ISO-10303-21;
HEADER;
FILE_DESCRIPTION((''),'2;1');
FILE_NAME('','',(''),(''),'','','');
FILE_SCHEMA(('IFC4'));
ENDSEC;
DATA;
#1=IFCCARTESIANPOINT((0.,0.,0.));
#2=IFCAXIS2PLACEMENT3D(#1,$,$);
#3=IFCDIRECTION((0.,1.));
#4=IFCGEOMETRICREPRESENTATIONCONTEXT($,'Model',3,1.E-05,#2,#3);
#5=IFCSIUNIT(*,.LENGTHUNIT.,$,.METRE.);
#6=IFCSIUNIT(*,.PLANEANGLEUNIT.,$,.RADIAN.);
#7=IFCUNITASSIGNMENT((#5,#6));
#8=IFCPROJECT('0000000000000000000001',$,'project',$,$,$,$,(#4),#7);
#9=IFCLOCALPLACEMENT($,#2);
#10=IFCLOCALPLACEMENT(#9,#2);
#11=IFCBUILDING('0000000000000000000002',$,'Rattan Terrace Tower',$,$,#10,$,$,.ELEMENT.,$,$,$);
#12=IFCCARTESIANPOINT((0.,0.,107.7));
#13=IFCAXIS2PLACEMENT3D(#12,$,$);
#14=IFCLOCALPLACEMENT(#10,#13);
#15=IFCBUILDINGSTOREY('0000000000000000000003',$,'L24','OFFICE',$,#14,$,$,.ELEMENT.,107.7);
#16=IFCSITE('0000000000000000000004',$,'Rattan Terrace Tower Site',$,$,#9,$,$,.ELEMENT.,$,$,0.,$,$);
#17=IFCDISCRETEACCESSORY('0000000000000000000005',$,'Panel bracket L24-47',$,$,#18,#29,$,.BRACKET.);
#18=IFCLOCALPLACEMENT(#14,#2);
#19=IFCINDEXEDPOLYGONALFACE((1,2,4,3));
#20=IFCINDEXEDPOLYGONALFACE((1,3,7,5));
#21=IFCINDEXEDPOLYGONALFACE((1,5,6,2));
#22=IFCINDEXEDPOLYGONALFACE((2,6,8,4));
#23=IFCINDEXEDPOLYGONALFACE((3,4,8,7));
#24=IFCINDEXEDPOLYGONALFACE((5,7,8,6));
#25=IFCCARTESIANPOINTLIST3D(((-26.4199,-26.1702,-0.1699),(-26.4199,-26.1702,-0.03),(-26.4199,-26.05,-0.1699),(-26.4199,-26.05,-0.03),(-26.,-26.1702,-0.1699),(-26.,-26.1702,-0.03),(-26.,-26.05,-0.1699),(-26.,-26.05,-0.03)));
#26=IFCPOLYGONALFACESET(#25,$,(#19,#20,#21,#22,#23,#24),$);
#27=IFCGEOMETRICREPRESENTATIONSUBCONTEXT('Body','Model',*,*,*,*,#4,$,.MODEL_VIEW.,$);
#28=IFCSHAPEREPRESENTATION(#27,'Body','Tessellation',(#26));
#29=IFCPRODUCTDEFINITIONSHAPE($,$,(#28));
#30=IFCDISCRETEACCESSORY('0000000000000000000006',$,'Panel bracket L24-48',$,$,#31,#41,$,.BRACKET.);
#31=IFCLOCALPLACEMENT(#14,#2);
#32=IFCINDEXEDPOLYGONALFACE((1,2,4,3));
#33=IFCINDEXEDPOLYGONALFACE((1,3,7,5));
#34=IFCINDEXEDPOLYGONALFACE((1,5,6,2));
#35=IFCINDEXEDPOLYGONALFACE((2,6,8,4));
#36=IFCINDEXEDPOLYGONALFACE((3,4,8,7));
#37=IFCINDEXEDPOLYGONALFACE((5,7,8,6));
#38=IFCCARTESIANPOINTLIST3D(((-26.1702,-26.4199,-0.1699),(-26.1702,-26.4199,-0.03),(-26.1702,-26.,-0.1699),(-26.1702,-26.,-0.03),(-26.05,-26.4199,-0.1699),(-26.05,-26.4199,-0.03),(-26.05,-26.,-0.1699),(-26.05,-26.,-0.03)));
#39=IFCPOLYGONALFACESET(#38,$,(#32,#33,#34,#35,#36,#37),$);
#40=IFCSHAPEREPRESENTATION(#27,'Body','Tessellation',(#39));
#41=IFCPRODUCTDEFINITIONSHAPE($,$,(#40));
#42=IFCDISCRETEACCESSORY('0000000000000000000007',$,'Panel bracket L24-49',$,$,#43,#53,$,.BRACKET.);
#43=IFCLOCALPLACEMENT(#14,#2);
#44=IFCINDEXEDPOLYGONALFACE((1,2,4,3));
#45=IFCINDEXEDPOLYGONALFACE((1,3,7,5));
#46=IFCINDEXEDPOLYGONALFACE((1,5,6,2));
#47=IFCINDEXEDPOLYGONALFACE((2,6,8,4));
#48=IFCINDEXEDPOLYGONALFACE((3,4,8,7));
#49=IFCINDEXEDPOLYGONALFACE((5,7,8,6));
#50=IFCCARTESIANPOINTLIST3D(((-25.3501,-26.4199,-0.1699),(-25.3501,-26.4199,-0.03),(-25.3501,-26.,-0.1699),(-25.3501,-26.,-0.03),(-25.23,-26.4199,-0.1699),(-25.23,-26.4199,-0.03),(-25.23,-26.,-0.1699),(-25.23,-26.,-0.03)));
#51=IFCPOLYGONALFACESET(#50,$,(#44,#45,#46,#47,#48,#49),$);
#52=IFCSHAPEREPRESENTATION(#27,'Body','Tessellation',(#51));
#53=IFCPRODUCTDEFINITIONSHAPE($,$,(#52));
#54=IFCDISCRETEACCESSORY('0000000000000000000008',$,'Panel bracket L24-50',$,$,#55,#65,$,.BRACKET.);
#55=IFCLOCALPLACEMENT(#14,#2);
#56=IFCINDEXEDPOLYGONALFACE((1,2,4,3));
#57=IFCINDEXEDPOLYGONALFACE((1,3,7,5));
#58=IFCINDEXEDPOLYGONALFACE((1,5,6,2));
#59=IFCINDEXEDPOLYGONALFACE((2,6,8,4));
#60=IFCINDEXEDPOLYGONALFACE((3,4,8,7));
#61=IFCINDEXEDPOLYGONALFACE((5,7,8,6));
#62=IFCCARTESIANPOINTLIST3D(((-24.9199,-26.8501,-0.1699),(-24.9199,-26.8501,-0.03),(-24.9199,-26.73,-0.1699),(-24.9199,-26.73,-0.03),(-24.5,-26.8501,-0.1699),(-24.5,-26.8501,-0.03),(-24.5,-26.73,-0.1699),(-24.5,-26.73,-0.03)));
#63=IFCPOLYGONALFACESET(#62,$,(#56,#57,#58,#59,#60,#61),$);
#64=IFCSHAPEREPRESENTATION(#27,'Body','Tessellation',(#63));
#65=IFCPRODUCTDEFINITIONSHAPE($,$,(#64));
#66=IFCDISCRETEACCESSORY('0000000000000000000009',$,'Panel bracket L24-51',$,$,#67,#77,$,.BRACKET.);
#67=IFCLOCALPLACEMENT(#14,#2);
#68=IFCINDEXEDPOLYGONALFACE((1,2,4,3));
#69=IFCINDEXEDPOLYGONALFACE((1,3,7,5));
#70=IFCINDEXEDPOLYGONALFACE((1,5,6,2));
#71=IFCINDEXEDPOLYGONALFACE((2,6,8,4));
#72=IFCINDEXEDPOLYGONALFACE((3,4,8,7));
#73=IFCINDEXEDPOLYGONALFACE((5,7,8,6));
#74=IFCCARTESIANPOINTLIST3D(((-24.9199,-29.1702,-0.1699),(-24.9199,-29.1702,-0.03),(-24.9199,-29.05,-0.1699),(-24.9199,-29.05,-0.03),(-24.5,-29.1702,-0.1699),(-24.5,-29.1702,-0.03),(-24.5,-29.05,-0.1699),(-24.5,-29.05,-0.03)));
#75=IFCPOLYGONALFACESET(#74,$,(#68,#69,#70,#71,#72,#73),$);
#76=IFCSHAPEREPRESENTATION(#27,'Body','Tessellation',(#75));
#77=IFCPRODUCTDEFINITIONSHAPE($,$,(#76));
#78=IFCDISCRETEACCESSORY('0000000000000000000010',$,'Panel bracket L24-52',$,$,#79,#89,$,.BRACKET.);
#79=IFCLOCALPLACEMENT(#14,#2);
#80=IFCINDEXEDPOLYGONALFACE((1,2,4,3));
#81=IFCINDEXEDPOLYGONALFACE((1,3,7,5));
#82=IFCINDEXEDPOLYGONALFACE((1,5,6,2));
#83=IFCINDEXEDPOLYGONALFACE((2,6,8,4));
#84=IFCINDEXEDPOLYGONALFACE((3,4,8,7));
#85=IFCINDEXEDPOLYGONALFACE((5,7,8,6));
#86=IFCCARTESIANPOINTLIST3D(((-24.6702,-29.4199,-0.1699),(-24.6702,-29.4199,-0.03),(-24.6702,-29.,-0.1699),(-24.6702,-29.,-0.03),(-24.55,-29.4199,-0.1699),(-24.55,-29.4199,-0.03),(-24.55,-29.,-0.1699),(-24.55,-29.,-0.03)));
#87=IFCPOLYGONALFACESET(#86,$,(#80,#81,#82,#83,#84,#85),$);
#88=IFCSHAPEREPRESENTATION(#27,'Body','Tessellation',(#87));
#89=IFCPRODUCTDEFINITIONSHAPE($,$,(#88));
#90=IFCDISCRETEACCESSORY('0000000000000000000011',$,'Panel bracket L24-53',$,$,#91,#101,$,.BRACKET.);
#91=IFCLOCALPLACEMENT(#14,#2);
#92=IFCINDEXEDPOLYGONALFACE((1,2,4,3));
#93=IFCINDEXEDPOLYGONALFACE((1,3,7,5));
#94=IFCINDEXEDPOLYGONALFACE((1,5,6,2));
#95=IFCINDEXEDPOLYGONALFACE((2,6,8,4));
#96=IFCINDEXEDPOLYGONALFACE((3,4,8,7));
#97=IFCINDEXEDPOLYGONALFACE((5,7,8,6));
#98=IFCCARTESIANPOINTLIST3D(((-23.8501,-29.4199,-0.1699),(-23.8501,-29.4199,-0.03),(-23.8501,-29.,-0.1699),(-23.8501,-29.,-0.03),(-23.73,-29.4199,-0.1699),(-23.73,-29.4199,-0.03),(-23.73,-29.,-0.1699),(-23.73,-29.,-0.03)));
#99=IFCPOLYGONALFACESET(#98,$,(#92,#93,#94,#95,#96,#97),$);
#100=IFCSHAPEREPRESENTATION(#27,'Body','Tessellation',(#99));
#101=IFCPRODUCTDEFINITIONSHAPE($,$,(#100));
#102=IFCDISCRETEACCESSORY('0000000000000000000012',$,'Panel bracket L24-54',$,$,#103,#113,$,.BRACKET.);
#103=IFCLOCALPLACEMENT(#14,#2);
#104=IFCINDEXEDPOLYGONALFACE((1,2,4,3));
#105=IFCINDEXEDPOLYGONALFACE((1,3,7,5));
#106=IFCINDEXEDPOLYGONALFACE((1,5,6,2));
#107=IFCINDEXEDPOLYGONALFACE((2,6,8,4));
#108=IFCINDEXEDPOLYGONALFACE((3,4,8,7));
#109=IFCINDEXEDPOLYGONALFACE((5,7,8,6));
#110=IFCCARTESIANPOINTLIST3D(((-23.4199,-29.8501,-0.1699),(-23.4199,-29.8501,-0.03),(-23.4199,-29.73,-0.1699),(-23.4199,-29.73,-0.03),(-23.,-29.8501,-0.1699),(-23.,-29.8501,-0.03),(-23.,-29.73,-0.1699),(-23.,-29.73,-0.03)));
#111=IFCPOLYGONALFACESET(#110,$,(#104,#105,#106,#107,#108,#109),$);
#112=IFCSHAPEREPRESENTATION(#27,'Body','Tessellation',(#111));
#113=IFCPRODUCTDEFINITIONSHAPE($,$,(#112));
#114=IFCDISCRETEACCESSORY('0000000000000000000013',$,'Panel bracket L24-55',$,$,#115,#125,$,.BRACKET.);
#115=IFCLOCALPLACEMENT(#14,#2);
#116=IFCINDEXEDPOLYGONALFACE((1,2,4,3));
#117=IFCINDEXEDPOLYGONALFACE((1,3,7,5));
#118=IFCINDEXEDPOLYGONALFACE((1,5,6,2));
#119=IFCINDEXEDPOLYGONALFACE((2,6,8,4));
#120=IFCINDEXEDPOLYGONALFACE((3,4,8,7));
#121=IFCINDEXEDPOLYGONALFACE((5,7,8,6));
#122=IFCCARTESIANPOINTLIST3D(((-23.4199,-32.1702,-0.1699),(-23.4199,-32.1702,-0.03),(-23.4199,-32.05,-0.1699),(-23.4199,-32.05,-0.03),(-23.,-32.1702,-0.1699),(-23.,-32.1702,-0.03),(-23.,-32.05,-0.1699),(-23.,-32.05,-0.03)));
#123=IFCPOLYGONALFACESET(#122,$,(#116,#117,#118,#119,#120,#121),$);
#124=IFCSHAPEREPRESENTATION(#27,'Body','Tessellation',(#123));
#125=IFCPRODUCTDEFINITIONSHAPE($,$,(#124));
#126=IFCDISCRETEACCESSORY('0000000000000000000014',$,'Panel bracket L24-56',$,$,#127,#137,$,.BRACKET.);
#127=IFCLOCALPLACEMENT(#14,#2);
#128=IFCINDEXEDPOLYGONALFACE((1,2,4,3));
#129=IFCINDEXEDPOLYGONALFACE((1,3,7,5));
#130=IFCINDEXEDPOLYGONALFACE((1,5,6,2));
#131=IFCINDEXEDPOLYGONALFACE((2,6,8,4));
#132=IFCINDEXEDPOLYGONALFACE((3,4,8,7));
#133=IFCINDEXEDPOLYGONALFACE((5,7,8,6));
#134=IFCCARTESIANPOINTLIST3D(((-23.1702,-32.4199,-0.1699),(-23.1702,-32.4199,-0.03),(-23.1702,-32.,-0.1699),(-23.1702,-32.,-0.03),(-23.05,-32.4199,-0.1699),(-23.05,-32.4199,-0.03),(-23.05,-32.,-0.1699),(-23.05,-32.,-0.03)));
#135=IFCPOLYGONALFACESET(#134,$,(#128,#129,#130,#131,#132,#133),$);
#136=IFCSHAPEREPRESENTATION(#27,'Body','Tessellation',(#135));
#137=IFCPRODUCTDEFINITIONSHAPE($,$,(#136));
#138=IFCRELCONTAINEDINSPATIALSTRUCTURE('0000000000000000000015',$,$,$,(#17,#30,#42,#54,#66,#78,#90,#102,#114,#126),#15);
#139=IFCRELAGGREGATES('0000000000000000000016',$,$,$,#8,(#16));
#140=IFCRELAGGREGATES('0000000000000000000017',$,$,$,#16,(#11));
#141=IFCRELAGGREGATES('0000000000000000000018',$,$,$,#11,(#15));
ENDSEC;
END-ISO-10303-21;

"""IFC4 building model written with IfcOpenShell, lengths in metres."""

from ifc_helpers import new_model, si_unit, direction, frame, origin, origin_2d, place, context, subcontext, project, spatial, rectangle, extrude, element, save


model = new_model("IFC4")

# Units and contexts
model_context = context("Model", 3, precision=1e-05, world=origin(), true_north=direction((0.0, 1.0)))
body_context = subcontext(model_context, "Body", "Model", "MODEL_VIEW")
ifc_project = project(units=[si_unit("LENGTHUNIT", "METRE"), si_unit("PLANEANGLEUNIT", "RADIAN")], contexts=[model_context])

# Site, building, storey
site_placement = place(None, origin())
site = spatial("IfcSite", under=ifc_project, at=site_placement, Name="Rattan Terrace Tower Site", CompositionType="ELEMENT", RefElevation=0.0)
building_placement = place(site_placement, origin())
building = spatial("IfcBuilding", under=site, at=building_placement, Name="Rattan Terrace Tower", CompositionType="ELEMENT")
storey_placement = place(building_placement, frame((0.0, 0.0, 107.7)))
storey = spatial("IfcBuildingStorey", under=building, at=storey_placement, Name="L24", Description="OFFICE", CompositionType="ELEMENT", Elevation=107.7)

# Discrete accessories
for number, where, z_axis, x_axis, name in (
    (1, (-26.21, -26.1101, -0.1699), (0.0, 0.0, 1.0), (0.0, -1.0, 0.0), "Panel bracket L24-47"),
    (2, (-26.1101, -26.21, -0.1699), (0.0, 0.0, 1.0), (1.0, 0.0, 0.0), "Panel bracket L24-48"),
    (3, (-25.29, -26.21, -0.1699), (0.0, 0.0, 1.0), (1.0, 0.0, 0.0), "Panel bracket L24-49"),
    (4, (-24.71, -26.79, -0.1699), (0.0, 0.0, 1.0), (0.0, -1.0, 0.0), "Panel bracket L24-50"),
    (5, (-24.71, -29.1101, -0.1699), (0.0, 0.0, 1.0), (0.0, -1.0, 0.0), "Panel bracket L24-51"),
    (6, (-24.6101, -29.21, -0.1699), (0.0, 0.0, 1.0), (1.0, 0.0, 0.0), "Panel bracket L24-52"),
    (7, (-23.79, -29.21, -0.1699), (0.0, 0.0, 1.0), (1.0, 0.0, 0.0), "Panel bracket L24-53"),
    (8, (-23.21, -29.79, -0.1699), (0.0, 0.0, 1.0), (0.0, -1.0, 0.0), "Panel bracket L24-54"),
    (9, (-23.21, -32.1101, -0.1699), (0.0, 0.0, 1.0), (0.0, -1.0, 0.0), "Panel bracket L24-55"),
    (10, (-23.1101, -32.21, -0.1699), (0.0, 0.0, 1.0), (1.0, 0.0, 0.0), "Panel bracket L24-56"),
):
    element("IfcDiscreteAccessory", number, at=place(storey_placement, frame(where, z_axis=z_axis, x_axis=x_axis)), inside=storey, Name=name, PredefinedType="BRACKET", context=body_context, shape_type="SweptSolid", body=[
        extrude(rectangle(XDim=0.1201, YDim=0.4199, at=origin_2d()), origin(), (0.0, 0.0, 1.0), 0.1399),
    ])

save(model, "model.ifc")
